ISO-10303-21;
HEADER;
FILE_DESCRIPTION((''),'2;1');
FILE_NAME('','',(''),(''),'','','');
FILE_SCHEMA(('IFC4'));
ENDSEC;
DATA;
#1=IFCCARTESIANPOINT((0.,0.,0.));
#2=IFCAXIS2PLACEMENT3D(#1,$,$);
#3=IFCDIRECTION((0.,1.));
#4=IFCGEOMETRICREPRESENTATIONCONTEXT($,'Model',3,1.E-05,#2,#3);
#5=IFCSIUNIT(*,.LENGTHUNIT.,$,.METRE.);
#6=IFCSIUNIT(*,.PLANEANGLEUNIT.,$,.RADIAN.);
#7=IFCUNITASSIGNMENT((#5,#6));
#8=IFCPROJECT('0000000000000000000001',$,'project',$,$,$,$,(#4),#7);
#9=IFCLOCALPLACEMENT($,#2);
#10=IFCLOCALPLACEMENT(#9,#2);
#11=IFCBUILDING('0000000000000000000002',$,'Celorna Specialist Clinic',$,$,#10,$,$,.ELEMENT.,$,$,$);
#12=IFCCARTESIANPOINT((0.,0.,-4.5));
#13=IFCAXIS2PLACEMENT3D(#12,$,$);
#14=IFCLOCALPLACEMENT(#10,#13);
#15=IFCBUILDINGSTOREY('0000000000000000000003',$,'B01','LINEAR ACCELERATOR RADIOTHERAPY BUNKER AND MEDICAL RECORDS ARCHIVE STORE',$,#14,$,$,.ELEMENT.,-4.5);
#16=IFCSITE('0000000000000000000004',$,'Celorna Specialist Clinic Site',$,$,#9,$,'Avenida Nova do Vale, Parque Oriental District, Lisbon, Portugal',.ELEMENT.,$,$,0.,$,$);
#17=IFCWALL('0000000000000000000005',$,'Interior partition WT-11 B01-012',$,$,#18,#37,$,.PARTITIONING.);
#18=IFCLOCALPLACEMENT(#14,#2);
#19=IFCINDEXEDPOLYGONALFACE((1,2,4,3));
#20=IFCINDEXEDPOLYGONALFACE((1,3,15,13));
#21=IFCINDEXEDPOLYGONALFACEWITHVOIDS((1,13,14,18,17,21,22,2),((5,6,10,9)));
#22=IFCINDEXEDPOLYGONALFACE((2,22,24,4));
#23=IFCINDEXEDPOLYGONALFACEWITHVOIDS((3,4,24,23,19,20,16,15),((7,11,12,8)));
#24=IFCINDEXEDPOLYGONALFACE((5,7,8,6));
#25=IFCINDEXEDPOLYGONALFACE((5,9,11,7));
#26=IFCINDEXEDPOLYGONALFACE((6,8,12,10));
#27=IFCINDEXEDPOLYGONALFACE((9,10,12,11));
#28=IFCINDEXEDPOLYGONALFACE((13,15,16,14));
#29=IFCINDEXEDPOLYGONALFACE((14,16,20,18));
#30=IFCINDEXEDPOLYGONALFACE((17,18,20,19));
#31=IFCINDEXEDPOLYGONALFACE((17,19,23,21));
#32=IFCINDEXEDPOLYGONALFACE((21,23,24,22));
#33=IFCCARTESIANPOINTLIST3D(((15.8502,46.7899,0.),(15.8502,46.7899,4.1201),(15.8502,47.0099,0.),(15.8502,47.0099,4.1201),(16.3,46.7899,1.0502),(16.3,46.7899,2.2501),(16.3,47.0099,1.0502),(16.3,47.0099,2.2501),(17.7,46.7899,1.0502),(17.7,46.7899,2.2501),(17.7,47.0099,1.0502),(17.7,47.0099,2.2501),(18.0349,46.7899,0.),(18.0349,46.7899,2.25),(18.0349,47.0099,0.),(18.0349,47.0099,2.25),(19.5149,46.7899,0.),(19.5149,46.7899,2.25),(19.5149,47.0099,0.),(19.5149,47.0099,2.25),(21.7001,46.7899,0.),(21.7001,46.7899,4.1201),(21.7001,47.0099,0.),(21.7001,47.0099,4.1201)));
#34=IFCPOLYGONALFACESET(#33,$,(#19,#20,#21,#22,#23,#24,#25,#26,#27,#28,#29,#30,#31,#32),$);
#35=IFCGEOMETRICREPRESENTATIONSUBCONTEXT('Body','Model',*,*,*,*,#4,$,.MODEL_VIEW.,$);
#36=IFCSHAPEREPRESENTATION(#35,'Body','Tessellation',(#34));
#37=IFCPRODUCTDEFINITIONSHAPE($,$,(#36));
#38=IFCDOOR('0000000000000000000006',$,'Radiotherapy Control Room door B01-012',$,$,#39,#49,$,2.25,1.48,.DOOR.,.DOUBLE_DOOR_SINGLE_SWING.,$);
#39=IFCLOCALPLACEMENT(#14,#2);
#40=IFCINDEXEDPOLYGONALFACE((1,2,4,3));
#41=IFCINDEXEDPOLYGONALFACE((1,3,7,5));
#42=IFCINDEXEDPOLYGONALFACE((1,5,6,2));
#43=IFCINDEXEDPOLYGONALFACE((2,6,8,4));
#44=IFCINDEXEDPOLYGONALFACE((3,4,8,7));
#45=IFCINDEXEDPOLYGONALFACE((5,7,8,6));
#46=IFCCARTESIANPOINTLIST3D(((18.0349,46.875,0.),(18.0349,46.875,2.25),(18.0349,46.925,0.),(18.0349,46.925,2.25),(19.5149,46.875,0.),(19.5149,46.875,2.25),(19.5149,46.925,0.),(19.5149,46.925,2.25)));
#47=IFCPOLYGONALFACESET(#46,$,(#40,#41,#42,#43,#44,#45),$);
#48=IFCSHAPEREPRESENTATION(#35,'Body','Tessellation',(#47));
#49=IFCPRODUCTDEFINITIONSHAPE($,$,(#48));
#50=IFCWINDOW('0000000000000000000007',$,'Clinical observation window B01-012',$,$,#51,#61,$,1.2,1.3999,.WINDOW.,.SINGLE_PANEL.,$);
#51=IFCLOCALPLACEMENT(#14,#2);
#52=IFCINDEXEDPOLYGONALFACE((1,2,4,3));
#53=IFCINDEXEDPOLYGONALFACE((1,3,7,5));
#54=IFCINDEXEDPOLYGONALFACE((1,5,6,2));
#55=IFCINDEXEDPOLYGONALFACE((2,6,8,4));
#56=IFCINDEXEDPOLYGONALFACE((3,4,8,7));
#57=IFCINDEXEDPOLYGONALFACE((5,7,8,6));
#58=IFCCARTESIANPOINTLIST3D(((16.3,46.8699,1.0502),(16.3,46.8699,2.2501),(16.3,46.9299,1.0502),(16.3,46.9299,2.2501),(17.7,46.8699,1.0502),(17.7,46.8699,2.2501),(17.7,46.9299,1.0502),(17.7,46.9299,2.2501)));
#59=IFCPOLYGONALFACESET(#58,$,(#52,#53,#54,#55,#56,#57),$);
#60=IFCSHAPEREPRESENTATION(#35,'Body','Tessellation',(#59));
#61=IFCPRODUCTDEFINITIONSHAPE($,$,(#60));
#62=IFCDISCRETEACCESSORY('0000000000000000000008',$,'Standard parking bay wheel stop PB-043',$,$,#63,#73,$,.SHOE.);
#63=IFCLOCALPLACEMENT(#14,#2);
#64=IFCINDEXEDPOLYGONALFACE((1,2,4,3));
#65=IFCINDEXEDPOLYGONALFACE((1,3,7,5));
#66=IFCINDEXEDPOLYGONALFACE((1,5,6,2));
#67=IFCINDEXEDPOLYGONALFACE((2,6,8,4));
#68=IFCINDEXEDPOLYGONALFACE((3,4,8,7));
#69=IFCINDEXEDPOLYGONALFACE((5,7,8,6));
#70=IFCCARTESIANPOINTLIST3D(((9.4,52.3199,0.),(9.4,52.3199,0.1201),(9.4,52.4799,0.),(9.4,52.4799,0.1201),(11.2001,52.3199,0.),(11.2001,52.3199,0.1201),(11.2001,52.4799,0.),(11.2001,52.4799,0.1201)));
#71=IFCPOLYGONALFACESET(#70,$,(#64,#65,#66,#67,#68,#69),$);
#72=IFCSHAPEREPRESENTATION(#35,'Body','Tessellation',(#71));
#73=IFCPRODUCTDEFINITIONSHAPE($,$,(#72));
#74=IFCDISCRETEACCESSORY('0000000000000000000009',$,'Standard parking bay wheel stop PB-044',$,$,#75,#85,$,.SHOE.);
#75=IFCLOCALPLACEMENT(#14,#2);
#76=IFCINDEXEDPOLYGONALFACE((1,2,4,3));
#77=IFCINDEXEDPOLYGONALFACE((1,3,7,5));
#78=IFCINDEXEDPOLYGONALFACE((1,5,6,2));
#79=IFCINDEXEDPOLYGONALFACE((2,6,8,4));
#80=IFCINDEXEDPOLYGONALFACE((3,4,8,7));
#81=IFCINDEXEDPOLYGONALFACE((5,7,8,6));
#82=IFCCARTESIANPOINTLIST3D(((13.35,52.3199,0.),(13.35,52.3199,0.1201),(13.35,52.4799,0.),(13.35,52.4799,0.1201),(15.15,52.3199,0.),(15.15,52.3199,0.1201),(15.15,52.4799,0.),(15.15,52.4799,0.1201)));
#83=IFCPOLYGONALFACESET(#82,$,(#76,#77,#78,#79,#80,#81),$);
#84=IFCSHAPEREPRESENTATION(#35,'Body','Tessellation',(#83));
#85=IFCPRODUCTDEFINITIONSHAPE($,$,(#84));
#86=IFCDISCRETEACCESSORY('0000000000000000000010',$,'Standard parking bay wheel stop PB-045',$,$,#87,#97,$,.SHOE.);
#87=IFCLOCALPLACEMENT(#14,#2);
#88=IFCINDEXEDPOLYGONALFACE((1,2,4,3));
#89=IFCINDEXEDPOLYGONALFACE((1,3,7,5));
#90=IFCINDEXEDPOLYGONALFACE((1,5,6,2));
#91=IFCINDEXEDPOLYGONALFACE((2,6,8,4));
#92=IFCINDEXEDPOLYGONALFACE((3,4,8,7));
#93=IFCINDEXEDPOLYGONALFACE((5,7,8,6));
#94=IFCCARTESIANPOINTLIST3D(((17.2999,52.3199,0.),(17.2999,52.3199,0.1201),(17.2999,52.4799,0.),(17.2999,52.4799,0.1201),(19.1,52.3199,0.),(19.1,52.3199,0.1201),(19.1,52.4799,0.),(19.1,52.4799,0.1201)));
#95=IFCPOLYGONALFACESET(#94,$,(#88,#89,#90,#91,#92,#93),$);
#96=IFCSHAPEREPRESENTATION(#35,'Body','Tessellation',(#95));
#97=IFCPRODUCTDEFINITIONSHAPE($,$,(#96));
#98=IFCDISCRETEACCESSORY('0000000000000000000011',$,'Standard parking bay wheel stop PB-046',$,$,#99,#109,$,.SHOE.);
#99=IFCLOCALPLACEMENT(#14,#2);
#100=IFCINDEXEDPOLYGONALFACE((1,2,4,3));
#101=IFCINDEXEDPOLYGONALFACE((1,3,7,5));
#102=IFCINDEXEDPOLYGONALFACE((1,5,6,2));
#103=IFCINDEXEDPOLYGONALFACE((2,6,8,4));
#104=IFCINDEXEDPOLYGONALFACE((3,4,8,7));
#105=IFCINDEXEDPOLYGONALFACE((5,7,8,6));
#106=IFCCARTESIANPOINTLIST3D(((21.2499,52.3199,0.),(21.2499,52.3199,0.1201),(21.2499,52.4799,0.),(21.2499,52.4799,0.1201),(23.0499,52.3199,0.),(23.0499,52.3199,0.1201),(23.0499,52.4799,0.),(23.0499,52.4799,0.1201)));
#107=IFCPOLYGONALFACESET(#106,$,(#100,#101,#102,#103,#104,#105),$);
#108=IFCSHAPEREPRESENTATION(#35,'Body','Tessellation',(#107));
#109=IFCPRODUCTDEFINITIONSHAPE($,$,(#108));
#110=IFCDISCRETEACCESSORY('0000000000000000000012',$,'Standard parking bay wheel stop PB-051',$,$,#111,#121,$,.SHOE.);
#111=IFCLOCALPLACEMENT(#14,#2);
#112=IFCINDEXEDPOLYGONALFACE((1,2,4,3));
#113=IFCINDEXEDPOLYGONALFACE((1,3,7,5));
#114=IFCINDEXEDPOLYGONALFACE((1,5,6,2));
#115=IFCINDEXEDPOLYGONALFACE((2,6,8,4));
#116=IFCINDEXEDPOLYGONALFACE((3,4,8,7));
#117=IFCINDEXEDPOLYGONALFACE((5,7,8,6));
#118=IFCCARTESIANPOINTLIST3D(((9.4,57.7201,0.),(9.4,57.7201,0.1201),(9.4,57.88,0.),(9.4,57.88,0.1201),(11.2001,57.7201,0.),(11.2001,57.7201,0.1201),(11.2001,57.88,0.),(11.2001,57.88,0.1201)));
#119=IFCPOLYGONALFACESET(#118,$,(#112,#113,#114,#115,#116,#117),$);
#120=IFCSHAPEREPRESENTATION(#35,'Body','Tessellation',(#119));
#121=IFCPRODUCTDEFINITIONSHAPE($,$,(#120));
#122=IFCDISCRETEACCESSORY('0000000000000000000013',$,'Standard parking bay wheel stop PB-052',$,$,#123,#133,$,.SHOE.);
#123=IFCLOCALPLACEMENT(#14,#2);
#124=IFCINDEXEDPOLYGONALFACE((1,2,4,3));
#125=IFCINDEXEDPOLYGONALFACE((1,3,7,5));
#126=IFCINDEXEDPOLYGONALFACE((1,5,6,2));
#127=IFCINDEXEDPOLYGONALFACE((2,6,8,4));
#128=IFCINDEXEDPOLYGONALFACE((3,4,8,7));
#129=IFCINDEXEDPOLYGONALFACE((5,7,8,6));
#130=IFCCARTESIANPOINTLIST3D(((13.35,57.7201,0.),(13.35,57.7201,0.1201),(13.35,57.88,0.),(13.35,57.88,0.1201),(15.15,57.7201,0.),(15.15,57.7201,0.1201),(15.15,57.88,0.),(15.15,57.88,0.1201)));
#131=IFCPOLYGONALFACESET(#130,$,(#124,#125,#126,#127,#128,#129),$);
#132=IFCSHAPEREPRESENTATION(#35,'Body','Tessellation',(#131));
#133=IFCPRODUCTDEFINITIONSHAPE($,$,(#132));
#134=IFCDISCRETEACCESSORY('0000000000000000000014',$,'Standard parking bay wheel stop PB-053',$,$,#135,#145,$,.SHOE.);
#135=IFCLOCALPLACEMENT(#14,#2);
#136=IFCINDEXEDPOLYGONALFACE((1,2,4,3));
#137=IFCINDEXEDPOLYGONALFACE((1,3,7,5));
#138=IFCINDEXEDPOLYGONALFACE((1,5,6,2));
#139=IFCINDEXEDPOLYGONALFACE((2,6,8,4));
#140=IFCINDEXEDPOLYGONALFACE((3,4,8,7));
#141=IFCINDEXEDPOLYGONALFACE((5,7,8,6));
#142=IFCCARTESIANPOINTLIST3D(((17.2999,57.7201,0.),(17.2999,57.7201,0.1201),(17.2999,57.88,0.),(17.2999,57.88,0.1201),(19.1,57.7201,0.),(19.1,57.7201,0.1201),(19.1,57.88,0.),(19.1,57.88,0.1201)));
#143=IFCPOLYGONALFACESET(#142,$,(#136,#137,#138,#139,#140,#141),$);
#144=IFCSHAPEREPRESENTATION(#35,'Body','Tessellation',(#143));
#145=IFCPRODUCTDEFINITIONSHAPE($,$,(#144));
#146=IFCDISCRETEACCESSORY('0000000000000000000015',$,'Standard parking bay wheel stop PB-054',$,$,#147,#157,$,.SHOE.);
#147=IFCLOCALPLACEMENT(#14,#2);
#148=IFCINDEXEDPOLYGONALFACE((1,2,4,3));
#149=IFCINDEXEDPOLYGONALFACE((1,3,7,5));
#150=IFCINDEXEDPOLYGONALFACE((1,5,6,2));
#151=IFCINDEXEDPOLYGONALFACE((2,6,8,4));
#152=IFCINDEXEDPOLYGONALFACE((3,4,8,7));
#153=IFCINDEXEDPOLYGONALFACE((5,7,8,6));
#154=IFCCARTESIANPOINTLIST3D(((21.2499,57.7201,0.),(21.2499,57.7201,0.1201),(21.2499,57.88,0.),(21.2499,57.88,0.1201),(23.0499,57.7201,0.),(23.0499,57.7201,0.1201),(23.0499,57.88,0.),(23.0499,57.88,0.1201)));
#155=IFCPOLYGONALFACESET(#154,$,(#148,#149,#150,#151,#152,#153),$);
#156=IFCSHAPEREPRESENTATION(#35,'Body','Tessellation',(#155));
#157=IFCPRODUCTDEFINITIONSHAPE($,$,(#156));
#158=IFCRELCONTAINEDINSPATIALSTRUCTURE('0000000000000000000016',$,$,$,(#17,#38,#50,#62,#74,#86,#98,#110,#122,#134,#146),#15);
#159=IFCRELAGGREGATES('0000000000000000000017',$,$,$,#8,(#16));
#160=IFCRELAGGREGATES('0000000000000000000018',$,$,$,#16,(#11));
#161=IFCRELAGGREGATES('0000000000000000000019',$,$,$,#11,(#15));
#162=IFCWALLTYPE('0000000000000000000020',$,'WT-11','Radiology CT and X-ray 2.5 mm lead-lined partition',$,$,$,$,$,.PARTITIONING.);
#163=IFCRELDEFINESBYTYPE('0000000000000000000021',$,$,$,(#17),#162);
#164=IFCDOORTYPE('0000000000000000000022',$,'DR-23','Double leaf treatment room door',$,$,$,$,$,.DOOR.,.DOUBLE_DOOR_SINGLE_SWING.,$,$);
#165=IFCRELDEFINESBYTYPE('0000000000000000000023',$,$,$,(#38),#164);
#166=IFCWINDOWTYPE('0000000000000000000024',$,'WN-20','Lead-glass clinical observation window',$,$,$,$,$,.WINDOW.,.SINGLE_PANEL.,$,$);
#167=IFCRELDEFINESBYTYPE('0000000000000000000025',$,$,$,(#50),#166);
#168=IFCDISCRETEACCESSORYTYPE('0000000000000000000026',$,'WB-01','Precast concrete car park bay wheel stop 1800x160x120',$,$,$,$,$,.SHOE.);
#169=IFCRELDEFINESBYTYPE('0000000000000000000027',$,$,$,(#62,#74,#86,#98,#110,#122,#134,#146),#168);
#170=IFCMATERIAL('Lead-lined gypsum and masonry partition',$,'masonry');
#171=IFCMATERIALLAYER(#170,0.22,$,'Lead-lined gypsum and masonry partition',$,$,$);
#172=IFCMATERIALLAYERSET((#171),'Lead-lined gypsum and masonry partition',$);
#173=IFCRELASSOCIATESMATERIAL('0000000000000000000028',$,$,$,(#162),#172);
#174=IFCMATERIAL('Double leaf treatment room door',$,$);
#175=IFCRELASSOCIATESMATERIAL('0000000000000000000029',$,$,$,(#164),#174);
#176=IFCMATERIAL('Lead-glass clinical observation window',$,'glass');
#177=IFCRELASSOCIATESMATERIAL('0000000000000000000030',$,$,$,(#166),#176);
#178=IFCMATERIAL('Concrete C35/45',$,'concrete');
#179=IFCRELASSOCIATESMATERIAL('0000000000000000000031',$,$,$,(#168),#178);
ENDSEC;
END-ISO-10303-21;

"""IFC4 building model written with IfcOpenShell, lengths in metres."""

from ifc_helpers import new_model, si_unit, direction, frame, frame_2d, origin, origin_2d, place, context, subcontext, project, spatial, rectangle, extrude, material, layer, layer_set, type_object, element, fill, save


model = new_model("IFC4")

# Units and contexts
model_context = context("Model", 3, precision=1e-05, world=origin(), true_north=direction((0.0, 1.0)))
body_context = subcontext(model_context, "Body", "Model", "MODEL_VIEW")
ifc_project = project(units=[si_unit("LENGTHUNIT", "METRE"), si_unit("PLANEANGLEUNIT", "RADIAN")], contexts=[model_context])

# Site, building, storey
site_placement = place(None, origin())
site = spatial("IfcSite", under=ifc_project, at=site_placement, Name="Celorna Specialist Clinic Site", LongName="Avenida Nova do Vale, Parque Oriental District, Lisbon, Portugal", CompositionType="ELEMENT", RefElevation=0.0)
building_placement = place(site_placement, origin())
building = spatial("IfcBuilding", under=site, at=building_placement, Name="Celorna Specialist Clinic", CompositionType="ELEMENT")
storey_placement = place(building_placement, frame((0.0, 0.0, -4.5)))
storey = spatial("IfcBuildingStorey", under=building, at=storey_placement, Name="B01", Description="LINEAR ACCELERATOR RADIOTHERAPY BUNKER AND MEDICAL RECORDS ARCHIVE STORE", CompositionType="ELEMENT", Elevation=-4.5)

# Shared definitions
ifc_material_1 = material(Name="Concrete C35/45", Category="concrete")

# Wall, openings, door, window
ifc_material_2 = material(Name="Lead-lined gypsum and masonry partition", Category="masonry")
ifc_layer_1 = layer(ifc_material_2, 0.22, Name="Lead-lined gypsum and masonry partition")
ifc_layer_set_1 = layer_set([ifc_layer_1], Name="Lead-lined gypsum and masonry partition")
wall_type_1 = type_object("IfcWallType", Name="WT-11", Description="Radiology CT and X-ray 2.5 mm lead-lined partition", PredefinedType="PARTITIONING", material=ifc_layer_set_1)
wall_1_placement = place(storey_placement, frame((21.7, 46.8999, 0.0), z_axis=(0.0, 0.0, 1.0), x_axis=(-1.0, 0.0, 0.0)))
wall_1 = element("IfcWall", 1, at=wall_1_placement, inside=storey, type_object=wall_type_1, Name="Interior partition WT-11 B01-012", PredefinedType="PARTITIONING", context=body_context, shape_type="SweptSolid", body=[
    extrude(rectangle(XDim=5.8499, YDim=0.22, at=frame_2d((2.9248, 0.0))), origin(), (0.0, 0.0, 1.0), 4.1201),
])
opening_1_placement = place(wall_1_placement, frame((2.1851, 0.0, 0.0)))
opening_1 = element("IfcOpeningElement", 2, at=opening_1_placement, cuts=wall_1, PredefinedType="OPENING", context=body_context, shape_type="SweptSolid", body=[
    extrude(rectangle(XDim=1.48, YDim=2.25, at=frame_2d((0.74, 1.125))), frame((0.0, 0.1199, 0.0), z_axis=(0.0, -1.0, 0.0), x_axis=(1.0, 0.0, 0.0)), (0.0, 0.0, 1.0), 0.24),
])
opening_2_placement = place(wall_1_placement, frame((4.0, 0.0, 1.05)))
opening_2 = element("IfcOpeningElement", 3, at=opening_2_placement, cuts=wall_1, PredefinedType="OPENING", context=body_context, shape_type="SweptSolid", body=[
    extrude(rectangle(XDim=1.3999, YDim=1.2, at=frame_2d((0.7, 0.6001))), frame((0.0, 0.1199, 0.0), z_axis=(0.0, -1.0, 0.0), x_axis=(1.0, 0.0, 0.0)), (0.0, 0.0, 1.0), 0.24),
])
ifc_material_3 = material(Name="Double leaf treatment room door")
door_type = type_object("IfcDoorType", Name="DR-23", Description="Double leaf treatment room door", OperationType="DOUBLE_DOOR_SINGLE_SWING", PredefinedType="DOOR", material=ifc_material_3)
door_placement = place(opening_1_placement, origin())
door = element("IfcDoor", 4, at=door_placement, inside=storey, type_object=door_type, Name="Radiotherapy Control Room door B01-012", OperationType="DOUBLE_DOOR_SINGLE_SWING", OverallHeight=2.25, OverallWidth=1.48, PredefinedType="DOOR", context=body_context, shape_type="SweptSolid", body=[
    extrude(rectangle(XDim=1.48, YDim=2.25, at=frame_2d((0.74, 1.125))), frame((0.0, 0.0249, 0.0), z_axis=(0.0, -1.0, 0.0), x_axis=(1.0, 0.0, 0.0)), (0.0, 0.0, 1.0), 0.05),
])
fill(opening_1, door)
ifc_material_4 = material(Name="Lead-glass clinical observation window", Category="glass")
window_type = type_object("IfcWindowType", Name="WN-20", Description="Lead-glass clinical observation window", PartitioningType="SINGLE_PANEL", PredefinedType="WINDOW", material=ifc_material_4)
window_placement = place(opening_2_placement, origin())
window = element("IfcWindow", 5, at=window_placement, inside=storey, type_object=window_type, Name="Clinical observation window B01-012", OverallHeight=1.2, OverallWidth=1.3999, PartitioningType="SINGLE_PANEL", PredefinedType="WINDOW", context=body_context, shape_type="SweptSolid", body=[
    extrude(rectangle(XDim=1.3999, YDim=1.2, at=frame_2d((0.7, 0.6001))), frame((0.0, 0.03, 0.0), z_axis=(0.0, -1.0, 0.0), x_axis=(1.0, 0.0, 0.0)), (0.0, 0.0, 1.0), 0.0601),
])
fill(opening_2, window)

# Discrete accessories
discrete_accessory_type = type_object("IfcDiscreteAccessoryType", Name="WB-01", Description="Precast concrete car park bay wheel stop 1800x160x120", PredefinedType="SHOE", material=ifc_material_1)
for number, where, z_axis, x_axis, name in (
    (6, (10.3, 52.3999, 0.0), (0.0, 0.0, 1.0), (1.0, 0.0, 0.0), "Standard parking bay wheel stop PB-043"),
    (7, (14.25, 52.3999, 0.0), (0.0, 0.0, 1.0), (1.0, 0.0, 0.0), "Standard parking bay wheel stop PB-044"),
    (8, (18.2, 52.3999, 0.0), (0.0, 0.0, 1.0), (1.0, 0.0, 0.0), "Standard parking bay wheel stop PB-045"),
    (9, (22.1499, 52.3999, 0.0), (0.0, 0.0, 1.0), (1.0, 0.0, 0.0), "Standard parking bay wheel stop PB-046"),
    (10, (10.3, 57.8, 0.0), (0.0, 0.0, 1.0), (1.0, 0.0, 0.0), "Standard parking bay wheel stop PB-051"),
    (11, (14.25, 57.8, 0.0), (0.0, 0.0, 1.0), (1.0, 0.0, 0.0), "Standard parking bay wheel stop PB-052"),
    (12, (18.2, 57.8, 0.0), (0.0, 0.0, 1.0), (1.0, 0.0, 0.0), "Standard parking bay wheel stop PB-053"),
    (13, (22.1499, 57.8, 0.0), (0.0, 0.0, 1.0), (1.0, 0.0, 0.0), "Standard parking bay wheel stop PB-054"),
):
    element("IfcDiscreteAccessory", number, at=place(storey_placement, frame(where, z_axis=z_axis, x_axis=x_axis)), inside=storey, type_object=discrete_accessory_type, Name=name, PredefinedType="SHOE", context=body_context, shape_type="SweptSolid", body=[
        extrude(rectangle(XDim=1.8, YDim=0.1599, at=origin_2d()), origin(), (0.0, 0.0, 1.0), 0.1201),
    ])

save(model, "model.ifc")
